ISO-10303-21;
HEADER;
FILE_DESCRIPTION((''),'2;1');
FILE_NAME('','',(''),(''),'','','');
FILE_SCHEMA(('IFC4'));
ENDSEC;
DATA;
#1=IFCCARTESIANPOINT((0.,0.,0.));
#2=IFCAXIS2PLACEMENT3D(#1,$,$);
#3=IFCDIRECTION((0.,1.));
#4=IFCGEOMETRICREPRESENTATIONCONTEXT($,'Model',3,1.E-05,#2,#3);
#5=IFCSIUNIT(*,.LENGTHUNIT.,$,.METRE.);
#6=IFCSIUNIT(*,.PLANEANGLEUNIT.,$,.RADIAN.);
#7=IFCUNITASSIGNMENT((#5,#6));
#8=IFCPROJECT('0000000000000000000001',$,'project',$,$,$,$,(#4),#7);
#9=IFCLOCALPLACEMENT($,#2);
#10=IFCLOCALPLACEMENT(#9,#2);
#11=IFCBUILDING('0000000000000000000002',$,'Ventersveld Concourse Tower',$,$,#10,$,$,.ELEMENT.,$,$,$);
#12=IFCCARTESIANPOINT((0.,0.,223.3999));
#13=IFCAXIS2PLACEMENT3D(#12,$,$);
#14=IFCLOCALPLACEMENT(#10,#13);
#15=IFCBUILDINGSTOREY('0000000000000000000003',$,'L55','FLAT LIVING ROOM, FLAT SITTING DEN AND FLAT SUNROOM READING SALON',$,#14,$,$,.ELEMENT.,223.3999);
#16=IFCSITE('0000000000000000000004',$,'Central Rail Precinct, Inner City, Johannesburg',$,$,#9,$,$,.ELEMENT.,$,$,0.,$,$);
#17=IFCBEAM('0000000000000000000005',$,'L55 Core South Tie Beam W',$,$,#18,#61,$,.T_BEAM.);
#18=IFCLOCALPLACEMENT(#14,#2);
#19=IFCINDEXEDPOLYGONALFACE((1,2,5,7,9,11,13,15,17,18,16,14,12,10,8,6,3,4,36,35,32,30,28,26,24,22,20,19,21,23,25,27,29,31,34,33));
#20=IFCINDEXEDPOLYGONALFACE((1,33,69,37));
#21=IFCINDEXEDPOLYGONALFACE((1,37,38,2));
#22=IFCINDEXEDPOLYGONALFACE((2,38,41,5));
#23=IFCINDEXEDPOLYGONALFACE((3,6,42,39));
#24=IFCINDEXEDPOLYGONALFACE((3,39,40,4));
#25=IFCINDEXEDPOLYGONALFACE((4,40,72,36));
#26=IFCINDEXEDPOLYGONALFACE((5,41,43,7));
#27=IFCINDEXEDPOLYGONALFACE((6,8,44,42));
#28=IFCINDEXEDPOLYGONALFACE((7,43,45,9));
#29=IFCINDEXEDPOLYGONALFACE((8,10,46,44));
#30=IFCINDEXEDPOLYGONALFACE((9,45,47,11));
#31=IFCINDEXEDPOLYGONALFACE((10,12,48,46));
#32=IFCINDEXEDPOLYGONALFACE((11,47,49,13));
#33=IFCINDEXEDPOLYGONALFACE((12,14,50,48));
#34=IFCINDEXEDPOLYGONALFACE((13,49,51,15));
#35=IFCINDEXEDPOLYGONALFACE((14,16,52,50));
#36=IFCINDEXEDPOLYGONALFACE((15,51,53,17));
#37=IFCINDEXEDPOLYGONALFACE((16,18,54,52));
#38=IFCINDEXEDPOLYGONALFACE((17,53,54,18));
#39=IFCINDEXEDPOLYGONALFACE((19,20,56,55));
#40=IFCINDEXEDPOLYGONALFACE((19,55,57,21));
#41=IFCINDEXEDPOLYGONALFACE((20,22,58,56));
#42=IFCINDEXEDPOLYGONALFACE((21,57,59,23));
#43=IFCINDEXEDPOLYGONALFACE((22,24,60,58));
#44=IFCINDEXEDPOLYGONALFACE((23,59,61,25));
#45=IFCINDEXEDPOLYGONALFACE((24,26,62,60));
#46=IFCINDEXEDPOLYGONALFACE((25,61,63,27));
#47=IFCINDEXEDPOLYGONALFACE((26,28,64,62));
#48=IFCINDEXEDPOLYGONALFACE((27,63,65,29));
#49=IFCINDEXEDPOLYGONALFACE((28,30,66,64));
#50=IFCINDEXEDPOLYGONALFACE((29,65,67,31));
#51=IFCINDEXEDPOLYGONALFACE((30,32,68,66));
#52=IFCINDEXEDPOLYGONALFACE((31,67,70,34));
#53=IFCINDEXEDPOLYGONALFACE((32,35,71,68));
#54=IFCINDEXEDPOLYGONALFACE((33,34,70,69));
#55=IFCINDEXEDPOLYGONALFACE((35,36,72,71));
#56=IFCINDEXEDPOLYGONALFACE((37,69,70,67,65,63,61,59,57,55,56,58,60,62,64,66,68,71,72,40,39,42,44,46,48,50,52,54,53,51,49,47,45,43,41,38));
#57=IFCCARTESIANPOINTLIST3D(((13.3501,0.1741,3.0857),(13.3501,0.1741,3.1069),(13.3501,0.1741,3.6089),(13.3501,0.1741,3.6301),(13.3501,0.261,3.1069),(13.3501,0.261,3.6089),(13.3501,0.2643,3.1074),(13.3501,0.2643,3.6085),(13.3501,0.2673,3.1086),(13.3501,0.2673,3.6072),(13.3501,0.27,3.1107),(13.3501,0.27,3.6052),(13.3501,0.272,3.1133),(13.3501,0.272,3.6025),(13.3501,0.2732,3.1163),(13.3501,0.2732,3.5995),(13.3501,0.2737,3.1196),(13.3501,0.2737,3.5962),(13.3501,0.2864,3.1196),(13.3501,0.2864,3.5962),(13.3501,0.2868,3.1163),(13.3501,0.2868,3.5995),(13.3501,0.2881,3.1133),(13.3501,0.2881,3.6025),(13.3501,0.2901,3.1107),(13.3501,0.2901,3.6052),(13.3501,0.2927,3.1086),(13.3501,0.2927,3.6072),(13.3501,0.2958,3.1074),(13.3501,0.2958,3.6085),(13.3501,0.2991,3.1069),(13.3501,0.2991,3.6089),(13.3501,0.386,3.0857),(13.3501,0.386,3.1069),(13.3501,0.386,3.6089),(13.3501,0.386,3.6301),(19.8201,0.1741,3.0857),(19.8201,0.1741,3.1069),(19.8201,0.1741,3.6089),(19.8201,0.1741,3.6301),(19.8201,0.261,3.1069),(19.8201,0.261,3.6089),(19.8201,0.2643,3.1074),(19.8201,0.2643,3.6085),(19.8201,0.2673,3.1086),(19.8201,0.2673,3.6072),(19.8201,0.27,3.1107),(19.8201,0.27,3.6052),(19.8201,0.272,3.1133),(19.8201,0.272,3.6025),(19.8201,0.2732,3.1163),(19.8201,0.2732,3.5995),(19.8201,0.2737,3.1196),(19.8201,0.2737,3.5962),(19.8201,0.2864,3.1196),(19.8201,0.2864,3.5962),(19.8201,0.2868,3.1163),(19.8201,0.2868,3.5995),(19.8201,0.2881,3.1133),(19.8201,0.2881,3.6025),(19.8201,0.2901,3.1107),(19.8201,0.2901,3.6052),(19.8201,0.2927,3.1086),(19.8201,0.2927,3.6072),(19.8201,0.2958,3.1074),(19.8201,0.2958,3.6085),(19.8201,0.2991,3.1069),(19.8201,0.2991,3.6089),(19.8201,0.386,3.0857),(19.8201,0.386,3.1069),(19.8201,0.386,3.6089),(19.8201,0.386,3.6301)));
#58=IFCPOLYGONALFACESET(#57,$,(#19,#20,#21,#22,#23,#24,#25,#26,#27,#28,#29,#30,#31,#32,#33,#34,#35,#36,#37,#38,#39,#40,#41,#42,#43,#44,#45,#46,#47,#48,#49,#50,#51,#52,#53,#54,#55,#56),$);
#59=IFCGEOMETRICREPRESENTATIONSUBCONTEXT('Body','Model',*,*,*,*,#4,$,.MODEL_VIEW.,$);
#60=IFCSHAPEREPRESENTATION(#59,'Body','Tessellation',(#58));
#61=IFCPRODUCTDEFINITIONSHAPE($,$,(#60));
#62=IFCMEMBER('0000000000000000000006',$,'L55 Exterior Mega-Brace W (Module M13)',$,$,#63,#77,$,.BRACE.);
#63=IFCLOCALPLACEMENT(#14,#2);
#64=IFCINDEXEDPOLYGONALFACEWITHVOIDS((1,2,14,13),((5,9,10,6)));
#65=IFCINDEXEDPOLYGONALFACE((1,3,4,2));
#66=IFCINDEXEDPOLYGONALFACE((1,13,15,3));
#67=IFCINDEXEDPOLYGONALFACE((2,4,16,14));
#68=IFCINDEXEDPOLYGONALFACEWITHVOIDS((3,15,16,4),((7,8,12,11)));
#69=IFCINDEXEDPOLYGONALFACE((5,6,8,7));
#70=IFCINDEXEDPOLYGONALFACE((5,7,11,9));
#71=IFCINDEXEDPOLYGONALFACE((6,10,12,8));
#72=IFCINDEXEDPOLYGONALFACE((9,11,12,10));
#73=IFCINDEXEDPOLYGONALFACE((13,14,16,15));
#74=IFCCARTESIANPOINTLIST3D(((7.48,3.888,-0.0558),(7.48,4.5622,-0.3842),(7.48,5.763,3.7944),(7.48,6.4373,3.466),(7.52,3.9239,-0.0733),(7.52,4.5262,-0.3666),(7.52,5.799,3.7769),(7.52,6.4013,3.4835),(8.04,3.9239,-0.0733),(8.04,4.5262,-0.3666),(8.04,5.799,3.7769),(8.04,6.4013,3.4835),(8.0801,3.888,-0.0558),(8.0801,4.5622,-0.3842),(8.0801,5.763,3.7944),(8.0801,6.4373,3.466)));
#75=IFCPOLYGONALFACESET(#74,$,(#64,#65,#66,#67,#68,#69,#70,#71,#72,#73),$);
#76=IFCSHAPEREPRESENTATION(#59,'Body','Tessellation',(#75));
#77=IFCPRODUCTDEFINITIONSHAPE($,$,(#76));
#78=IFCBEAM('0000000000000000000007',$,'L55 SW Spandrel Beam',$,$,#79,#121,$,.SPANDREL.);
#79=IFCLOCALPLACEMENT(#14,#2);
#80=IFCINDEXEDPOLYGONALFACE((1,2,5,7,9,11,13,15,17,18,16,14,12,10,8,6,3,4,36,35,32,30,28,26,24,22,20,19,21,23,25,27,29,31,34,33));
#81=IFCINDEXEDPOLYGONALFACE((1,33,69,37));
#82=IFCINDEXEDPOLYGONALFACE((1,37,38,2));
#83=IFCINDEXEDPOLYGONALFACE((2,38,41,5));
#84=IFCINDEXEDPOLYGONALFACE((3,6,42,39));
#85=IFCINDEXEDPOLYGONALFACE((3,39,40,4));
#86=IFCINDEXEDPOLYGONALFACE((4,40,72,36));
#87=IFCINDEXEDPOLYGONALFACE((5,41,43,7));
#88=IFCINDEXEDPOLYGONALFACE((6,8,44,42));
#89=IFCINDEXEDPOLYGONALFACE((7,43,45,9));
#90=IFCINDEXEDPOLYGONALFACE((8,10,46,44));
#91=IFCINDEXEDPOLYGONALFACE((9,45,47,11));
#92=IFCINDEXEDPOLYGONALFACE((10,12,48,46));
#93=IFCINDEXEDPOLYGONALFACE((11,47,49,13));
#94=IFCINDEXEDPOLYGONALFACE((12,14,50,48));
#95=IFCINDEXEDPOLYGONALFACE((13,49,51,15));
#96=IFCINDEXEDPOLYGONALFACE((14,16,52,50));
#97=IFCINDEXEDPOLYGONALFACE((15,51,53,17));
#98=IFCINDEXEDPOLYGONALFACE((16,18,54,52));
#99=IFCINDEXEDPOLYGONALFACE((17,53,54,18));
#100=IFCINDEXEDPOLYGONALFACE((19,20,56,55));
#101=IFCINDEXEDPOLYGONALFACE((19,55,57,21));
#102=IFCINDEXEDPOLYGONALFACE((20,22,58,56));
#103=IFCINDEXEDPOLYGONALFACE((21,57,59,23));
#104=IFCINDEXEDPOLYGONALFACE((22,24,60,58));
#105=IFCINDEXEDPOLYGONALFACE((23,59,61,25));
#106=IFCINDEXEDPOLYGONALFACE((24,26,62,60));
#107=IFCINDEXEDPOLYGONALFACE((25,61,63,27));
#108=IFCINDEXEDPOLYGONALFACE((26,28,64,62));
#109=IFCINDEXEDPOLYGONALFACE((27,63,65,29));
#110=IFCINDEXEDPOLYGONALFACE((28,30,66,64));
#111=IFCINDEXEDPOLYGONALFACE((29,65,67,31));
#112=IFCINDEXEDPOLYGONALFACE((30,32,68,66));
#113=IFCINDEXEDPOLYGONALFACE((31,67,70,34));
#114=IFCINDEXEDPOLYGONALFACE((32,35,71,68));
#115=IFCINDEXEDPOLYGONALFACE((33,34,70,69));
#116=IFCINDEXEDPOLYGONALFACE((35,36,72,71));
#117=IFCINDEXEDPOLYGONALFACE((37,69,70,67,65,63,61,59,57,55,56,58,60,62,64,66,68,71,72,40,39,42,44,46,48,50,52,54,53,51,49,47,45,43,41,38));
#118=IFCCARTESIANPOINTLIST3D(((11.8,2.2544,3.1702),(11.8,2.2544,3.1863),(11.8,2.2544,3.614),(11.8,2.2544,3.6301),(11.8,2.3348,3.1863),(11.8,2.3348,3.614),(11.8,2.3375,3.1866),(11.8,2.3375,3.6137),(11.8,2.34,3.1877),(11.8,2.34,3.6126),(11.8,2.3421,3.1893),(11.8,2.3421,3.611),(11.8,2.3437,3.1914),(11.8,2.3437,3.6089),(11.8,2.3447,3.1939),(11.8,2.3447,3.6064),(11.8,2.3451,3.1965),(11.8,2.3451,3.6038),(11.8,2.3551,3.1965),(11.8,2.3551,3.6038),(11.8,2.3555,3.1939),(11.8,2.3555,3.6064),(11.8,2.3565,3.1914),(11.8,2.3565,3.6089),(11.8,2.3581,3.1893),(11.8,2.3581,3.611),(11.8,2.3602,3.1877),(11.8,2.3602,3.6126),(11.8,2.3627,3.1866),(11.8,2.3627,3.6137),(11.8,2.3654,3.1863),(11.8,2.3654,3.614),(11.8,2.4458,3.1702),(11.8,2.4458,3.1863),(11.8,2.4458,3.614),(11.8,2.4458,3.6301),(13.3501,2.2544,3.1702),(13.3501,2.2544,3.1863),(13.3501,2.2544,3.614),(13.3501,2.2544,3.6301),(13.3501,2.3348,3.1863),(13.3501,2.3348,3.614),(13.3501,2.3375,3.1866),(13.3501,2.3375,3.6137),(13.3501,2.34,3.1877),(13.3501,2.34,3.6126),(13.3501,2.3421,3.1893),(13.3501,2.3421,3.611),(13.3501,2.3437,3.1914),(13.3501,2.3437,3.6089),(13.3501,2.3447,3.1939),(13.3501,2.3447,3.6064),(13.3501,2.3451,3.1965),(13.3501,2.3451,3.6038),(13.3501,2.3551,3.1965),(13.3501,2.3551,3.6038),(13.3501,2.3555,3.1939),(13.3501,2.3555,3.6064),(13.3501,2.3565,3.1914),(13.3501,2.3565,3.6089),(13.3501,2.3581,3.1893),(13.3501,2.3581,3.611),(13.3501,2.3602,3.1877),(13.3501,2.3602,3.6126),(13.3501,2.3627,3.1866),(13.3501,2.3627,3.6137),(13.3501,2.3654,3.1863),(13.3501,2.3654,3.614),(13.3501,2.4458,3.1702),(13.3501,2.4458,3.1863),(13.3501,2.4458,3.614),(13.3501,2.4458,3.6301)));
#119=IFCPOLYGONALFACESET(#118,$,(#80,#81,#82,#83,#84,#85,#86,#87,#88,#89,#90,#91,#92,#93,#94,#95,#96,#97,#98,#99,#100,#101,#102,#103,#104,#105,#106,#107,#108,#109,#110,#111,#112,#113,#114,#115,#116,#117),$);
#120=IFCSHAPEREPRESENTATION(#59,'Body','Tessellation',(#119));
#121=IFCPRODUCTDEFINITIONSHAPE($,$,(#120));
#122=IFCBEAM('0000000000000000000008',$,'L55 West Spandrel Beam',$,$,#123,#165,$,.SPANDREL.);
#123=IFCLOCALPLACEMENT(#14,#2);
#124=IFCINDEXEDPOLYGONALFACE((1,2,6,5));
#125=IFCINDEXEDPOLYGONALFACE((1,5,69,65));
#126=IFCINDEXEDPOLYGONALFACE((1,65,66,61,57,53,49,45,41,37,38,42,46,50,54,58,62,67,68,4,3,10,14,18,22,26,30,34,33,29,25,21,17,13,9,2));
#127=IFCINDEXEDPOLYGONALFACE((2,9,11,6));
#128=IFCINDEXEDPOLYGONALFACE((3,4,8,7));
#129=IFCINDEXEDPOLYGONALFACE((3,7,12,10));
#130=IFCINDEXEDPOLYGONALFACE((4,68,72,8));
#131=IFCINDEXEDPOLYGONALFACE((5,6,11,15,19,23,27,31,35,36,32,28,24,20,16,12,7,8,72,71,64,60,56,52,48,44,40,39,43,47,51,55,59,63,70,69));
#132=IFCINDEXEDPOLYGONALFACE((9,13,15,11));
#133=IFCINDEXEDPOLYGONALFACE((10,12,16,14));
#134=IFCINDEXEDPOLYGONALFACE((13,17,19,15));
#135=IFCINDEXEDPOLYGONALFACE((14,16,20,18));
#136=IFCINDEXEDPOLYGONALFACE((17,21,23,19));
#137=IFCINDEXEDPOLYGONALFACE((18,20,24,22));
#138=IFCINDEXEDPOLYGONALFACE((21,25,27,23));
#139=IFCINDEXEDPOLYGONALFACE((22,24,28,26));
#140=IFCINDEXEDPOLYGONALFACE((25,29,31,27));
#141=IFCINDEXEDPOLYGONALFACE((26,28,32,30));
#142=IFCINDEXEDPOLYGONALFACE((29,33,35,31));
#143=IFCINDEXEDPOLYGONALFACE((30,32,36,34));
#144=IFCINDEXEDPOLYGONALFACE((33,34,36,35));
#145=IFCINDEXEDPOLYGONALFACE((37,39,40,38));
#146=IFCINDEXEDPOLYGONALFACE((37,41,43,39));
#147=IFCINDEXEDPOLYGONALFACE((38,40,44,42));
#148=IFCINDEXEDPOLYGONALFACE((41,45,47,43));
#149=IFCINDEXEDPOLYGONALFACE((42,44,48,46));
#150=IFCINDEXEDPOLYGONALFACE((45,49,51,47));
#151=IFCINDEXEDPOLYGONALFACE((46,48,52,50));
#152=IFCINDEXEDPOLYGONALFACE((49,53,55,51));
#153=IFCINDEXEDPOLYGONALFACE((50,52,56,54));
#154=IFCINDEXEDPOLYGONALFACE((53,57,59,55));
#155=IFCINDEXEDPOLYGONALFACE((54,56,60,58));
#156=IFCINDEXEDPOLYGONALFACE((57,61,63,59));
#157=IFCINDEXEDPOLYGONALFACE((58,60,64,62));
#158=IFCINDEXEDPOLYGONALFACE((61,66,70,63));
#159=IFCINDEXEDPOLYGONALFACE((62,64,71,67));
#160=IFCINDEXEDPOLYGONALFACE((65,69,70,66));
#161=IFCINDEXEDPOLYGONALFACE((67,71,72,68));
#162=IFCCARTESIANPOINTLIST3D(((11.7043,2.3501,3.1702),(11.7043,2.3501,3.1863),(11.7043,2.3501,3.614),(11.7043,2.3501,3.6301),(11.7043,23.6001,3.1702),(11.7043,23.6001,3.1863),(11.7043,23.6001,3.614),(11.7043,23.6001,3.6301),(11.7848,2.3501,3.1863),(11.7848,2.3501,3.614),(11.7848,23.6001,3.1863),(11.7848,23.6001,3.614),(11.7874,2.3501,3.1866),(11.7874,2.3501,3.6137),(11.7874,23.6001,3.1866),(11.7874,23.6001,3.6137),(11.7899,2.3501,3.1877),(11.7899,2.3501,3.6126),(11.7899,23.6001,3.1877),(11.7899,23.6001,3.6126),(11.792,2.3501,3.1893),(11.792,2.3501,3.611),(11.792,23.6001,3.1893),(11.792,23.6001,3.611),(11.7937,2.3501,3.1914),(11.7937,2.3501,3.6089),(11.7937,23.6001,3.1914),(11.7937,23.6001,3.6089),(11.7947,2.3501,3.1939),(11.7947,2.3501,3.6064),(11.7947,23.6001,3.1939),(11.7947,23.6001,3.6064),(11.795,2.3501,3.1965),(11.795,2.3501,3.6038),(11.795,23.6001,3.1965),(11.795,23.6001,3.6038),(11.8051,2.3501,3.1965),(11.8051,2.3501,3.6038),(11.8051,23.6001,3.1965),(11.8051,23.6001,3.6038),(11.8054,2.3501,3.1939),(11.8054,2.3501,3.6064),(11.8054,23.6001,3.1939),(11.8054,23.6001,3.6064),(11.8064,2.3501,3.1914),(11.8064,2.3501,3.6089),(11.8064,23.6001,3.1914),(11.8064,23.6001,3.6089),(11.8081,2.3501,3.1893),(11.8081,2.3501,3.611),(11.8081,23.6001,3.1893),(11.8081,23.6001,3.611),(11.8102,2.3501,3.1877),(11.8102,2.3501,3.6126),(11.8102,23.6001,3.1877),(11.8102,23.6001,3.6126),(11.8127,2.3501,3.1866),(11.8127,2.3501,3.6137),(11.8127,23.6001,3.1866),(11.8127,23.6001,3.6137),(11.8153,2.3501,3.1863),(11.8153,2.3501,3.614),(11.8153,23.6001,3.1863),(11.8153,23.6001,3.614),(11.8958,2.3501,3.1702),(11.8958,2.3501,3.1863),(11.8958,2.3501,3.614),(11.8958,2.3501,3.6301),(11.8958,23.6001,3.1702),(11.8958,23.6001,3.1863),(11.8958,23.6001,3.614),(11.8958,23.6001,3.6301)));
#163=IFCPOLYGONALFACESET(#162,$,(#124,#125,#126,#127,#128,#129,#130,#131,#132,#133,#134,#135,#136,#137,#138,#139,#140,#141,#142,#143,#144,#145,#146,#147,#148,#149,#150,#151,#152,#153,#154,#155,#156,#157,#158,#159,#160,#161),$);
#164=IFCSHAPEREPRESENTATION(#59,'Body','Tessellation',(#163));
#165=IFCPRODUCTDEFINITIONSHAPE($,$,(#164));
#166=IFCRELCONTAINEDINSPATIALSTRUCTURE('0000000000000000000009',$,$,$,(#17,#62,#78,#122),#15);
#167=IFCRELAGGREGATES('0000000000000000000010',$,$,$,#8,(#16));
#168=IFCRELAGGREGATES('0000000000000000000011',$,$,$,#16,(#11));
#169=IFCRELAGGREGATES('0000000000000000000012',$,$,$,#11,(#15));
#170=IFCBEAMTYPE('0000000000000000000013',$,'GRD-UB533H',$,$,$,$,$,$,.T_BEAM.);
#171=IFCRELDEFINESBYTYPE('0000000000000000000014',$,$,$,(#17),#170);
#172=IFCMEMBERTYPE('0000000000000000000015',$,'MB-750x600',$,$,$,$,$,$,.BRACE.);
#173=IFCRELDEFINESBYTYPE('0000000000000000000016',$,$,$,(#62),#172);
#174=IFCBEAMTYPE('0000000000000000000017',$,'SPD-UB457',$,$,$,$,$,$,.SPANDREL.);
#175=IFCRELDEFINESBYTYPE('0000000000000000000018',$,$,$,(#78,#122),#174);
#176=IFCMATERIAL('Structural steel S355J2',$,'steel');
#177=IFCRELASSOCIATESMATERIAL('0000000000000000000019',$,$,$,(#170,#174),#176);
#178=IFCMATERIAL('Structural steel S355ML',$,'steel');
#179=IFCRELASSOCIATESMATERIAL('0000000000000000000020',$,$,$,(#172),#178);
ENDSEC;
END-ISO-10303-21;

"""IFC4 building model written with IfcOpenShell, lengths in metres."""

from ifc_helpers import new_model, si_unit, direction, frame, origin, origin_2d, place, context, subcontext, project, spatial, hollow_rectangle, i_section, extrude, material, material_profile, profile_set, type_object, element, save


model = new_model("IFC4")

# Units and contexts
model_context = context("Model", 3, precision=1e-05, world=origin(), true_north=direction((0.0, 1.0)))
body_context = subcontext(model_context, "Body", "Model", "MODEL_VIEW")
ifc_project = project(units=[si_unit("LENGTHUNIT", "METRE"), si_unit("PLANEANGLEUNIT", "RADIAN")], contexts=[model_context])

# Site, building, storey
site_placement = place(None, origin())
site = spatial("IfcSite", under=ifc_project, at=site_placement, Name="Central Rail Precinct, Inner City, Johannesburg", CompositionType="ELEMENT", RefElevation=0.0)
building_placement = place(site_placement, origin())
building = spatial("IfcBuilding", under=site, at=building_placement, Name="Ventersveld Concourse Tower", CompositionType="ELEMENT")
storey_placement = place(building_placement, frame((0.0, 0.0, 223.3999)))
storey = spatial("IfcBuildingStorey", under=building, at=storey_placement, Name="L55", Description="FLAT LIVING ROOM, FLAT SITTING DEN AND FLAT SUNROOM READING SALON", CompositionType="ELEMENT", Elevation=223.3999)

# Beam
ifc_material_1 = material(Name="Structural steel S355J2", Category="steel")
ifc_material_profile_1 = material_profile(ifc_material_1, i_section(OverallWidth=0.2119, OverallDepth=0.5444, WebThickness=0.0127, FlangeThickness=0.0212, FilletRadius=0.0127, at=origin_2d()), Name="UB 533x210x122")
ifc_profile_set_1 = profile_set([ifc_material_profile_1], Name="Structural steel S355J2")
beam_type_1 = type_object("IfcBeamType", Name="GRD-UB533H", PredefinedType="T_BEAM", material=ifc_profile_set_1)
beam_1_placement = place(storey_placement, frame((13.3501, 0.28, 3.3579), z_axis=(1.0, 0.0, 0.0), x_axis=(0.0, 1.0, 0.0)))
element("IfcBeam", 1, at=beam_1_placement, inside=storey, type_object=beam_type_1, Name="L55 Core South Tie Beam W", PredefinedType="T_BEAM", context=body_context, shape_type="SweptSolid", body=[
    extrude(i_section(OverallWidth=0.2119, OverallDepth=0.5444, WebThickness=0.0127, FlangeThickness=0.0212, FilletRadius=0.0127, at=origin_2d()), origin(), (0.0, 0.0, 1.0), 6.47),
])

# Member
ifc_material_2 = material(Name="Structural steel S355ML", Category="steel")
ifc_material_profile_2 = material_profile(ifc_material_2, hollow_rectangle(XDim=0.6001, YDim=0.75, WallThickness=0.04, at=origin_2d()), Name="BOX 750x600x40")
ifc_profile_set_2 = profile_set([ifc_material_profile_2], Name="Structural steel S355ML")
member_type = type_object("IfcMemberType", Name="MB-750x600", PredefinedType="BRACE", material=ifc_profile_set_2)
member_placement = place(storey_placement, frame((7.78, 4.2251, -0.22), z_axis=(0.0, 0.437839, 0.899053), x_axis=(-1.0, 0.0, 0.0)))
element("IfcMember", 2, at=member_placement, inside=storey, type_object=member_type, Name="L55 Exterior Mega-Brace W (Module M13)", PredefinedType="BRACE", context=body_context, shape_type="SweptSolid", body=[
    extrude(hollow_rectangle(XDim=0.6001, YDim=0.75, WallThickness=0.04, at=origin_2d()), origin(), (0.0, 0.0, 1.0), 4.2825),
])

# Beams
ifc_material_profile_3 = material_profile(ifc_material_1, i_section(OverallWidth=0.1914, OverallDepth=0.46, WebThickness=0.01, FlangeThickness=0.0161, FilletRadius=0.0103, at=origin_2d()), Name="UB 457x191x82")
ifc_profile_set_3 = profile_set([ifc_material_profile_3], Name="Structural steel S355J2")
beam_type_2 = type_object("IfcBeamType", Name="SPD-UB457", PredefinedType="SPANDREL", material=ifc_profile_set_3)
beam_2_placement = place(storey_placement, frame((11.8, 2.3501, 3.4001), z_axis=(1.0, 0.0, 0.0), x_axis=(0.0, 1.0, 0.0)))
element("IfcBeam", 3, at=beam_2_placement, inside=storey, type_object=beam_type_2, Name="L55 SW Spandrel Beam", PredefinedType="SPANDREL", context=body_context, shape_type="SweptSolid", body=[
    extrude(i_section(OverallWidth=0.1914, OverallDepth=0.46, WebThickness=0.01, FlangeThickness=0.0161, FilletRadius=0.0103, at=origin_2d()), origin(), (0.0, 0.0, 1.0), 1.55),
])
beam_3_placement = place(storey_placement, frame((11.8, 2.3501, 3.4001), z_axis=(0.0, 1.0, 0.0), x_axis=(-1.0, 0.0, 0.0)))
element("IfcBeam", 4, at=beam_3_placement, inside=storey, type_object=beam_type_2, Name="L55 West Spandrel Beam", PredefinedType="SPANDREL", context=body_context, shape_type="SweptSolid", body=[
    extrude(i_section(OverallWidth=0.1914, OverallDepth=0.46, WebThickness=0.01, FlangeThickness=0.0161, FilletRadius=0.0103, at=origin_2d()), origin(), (0.0, 0.0, 1.0), 21.25),
])

save(model, "model.ifc")
